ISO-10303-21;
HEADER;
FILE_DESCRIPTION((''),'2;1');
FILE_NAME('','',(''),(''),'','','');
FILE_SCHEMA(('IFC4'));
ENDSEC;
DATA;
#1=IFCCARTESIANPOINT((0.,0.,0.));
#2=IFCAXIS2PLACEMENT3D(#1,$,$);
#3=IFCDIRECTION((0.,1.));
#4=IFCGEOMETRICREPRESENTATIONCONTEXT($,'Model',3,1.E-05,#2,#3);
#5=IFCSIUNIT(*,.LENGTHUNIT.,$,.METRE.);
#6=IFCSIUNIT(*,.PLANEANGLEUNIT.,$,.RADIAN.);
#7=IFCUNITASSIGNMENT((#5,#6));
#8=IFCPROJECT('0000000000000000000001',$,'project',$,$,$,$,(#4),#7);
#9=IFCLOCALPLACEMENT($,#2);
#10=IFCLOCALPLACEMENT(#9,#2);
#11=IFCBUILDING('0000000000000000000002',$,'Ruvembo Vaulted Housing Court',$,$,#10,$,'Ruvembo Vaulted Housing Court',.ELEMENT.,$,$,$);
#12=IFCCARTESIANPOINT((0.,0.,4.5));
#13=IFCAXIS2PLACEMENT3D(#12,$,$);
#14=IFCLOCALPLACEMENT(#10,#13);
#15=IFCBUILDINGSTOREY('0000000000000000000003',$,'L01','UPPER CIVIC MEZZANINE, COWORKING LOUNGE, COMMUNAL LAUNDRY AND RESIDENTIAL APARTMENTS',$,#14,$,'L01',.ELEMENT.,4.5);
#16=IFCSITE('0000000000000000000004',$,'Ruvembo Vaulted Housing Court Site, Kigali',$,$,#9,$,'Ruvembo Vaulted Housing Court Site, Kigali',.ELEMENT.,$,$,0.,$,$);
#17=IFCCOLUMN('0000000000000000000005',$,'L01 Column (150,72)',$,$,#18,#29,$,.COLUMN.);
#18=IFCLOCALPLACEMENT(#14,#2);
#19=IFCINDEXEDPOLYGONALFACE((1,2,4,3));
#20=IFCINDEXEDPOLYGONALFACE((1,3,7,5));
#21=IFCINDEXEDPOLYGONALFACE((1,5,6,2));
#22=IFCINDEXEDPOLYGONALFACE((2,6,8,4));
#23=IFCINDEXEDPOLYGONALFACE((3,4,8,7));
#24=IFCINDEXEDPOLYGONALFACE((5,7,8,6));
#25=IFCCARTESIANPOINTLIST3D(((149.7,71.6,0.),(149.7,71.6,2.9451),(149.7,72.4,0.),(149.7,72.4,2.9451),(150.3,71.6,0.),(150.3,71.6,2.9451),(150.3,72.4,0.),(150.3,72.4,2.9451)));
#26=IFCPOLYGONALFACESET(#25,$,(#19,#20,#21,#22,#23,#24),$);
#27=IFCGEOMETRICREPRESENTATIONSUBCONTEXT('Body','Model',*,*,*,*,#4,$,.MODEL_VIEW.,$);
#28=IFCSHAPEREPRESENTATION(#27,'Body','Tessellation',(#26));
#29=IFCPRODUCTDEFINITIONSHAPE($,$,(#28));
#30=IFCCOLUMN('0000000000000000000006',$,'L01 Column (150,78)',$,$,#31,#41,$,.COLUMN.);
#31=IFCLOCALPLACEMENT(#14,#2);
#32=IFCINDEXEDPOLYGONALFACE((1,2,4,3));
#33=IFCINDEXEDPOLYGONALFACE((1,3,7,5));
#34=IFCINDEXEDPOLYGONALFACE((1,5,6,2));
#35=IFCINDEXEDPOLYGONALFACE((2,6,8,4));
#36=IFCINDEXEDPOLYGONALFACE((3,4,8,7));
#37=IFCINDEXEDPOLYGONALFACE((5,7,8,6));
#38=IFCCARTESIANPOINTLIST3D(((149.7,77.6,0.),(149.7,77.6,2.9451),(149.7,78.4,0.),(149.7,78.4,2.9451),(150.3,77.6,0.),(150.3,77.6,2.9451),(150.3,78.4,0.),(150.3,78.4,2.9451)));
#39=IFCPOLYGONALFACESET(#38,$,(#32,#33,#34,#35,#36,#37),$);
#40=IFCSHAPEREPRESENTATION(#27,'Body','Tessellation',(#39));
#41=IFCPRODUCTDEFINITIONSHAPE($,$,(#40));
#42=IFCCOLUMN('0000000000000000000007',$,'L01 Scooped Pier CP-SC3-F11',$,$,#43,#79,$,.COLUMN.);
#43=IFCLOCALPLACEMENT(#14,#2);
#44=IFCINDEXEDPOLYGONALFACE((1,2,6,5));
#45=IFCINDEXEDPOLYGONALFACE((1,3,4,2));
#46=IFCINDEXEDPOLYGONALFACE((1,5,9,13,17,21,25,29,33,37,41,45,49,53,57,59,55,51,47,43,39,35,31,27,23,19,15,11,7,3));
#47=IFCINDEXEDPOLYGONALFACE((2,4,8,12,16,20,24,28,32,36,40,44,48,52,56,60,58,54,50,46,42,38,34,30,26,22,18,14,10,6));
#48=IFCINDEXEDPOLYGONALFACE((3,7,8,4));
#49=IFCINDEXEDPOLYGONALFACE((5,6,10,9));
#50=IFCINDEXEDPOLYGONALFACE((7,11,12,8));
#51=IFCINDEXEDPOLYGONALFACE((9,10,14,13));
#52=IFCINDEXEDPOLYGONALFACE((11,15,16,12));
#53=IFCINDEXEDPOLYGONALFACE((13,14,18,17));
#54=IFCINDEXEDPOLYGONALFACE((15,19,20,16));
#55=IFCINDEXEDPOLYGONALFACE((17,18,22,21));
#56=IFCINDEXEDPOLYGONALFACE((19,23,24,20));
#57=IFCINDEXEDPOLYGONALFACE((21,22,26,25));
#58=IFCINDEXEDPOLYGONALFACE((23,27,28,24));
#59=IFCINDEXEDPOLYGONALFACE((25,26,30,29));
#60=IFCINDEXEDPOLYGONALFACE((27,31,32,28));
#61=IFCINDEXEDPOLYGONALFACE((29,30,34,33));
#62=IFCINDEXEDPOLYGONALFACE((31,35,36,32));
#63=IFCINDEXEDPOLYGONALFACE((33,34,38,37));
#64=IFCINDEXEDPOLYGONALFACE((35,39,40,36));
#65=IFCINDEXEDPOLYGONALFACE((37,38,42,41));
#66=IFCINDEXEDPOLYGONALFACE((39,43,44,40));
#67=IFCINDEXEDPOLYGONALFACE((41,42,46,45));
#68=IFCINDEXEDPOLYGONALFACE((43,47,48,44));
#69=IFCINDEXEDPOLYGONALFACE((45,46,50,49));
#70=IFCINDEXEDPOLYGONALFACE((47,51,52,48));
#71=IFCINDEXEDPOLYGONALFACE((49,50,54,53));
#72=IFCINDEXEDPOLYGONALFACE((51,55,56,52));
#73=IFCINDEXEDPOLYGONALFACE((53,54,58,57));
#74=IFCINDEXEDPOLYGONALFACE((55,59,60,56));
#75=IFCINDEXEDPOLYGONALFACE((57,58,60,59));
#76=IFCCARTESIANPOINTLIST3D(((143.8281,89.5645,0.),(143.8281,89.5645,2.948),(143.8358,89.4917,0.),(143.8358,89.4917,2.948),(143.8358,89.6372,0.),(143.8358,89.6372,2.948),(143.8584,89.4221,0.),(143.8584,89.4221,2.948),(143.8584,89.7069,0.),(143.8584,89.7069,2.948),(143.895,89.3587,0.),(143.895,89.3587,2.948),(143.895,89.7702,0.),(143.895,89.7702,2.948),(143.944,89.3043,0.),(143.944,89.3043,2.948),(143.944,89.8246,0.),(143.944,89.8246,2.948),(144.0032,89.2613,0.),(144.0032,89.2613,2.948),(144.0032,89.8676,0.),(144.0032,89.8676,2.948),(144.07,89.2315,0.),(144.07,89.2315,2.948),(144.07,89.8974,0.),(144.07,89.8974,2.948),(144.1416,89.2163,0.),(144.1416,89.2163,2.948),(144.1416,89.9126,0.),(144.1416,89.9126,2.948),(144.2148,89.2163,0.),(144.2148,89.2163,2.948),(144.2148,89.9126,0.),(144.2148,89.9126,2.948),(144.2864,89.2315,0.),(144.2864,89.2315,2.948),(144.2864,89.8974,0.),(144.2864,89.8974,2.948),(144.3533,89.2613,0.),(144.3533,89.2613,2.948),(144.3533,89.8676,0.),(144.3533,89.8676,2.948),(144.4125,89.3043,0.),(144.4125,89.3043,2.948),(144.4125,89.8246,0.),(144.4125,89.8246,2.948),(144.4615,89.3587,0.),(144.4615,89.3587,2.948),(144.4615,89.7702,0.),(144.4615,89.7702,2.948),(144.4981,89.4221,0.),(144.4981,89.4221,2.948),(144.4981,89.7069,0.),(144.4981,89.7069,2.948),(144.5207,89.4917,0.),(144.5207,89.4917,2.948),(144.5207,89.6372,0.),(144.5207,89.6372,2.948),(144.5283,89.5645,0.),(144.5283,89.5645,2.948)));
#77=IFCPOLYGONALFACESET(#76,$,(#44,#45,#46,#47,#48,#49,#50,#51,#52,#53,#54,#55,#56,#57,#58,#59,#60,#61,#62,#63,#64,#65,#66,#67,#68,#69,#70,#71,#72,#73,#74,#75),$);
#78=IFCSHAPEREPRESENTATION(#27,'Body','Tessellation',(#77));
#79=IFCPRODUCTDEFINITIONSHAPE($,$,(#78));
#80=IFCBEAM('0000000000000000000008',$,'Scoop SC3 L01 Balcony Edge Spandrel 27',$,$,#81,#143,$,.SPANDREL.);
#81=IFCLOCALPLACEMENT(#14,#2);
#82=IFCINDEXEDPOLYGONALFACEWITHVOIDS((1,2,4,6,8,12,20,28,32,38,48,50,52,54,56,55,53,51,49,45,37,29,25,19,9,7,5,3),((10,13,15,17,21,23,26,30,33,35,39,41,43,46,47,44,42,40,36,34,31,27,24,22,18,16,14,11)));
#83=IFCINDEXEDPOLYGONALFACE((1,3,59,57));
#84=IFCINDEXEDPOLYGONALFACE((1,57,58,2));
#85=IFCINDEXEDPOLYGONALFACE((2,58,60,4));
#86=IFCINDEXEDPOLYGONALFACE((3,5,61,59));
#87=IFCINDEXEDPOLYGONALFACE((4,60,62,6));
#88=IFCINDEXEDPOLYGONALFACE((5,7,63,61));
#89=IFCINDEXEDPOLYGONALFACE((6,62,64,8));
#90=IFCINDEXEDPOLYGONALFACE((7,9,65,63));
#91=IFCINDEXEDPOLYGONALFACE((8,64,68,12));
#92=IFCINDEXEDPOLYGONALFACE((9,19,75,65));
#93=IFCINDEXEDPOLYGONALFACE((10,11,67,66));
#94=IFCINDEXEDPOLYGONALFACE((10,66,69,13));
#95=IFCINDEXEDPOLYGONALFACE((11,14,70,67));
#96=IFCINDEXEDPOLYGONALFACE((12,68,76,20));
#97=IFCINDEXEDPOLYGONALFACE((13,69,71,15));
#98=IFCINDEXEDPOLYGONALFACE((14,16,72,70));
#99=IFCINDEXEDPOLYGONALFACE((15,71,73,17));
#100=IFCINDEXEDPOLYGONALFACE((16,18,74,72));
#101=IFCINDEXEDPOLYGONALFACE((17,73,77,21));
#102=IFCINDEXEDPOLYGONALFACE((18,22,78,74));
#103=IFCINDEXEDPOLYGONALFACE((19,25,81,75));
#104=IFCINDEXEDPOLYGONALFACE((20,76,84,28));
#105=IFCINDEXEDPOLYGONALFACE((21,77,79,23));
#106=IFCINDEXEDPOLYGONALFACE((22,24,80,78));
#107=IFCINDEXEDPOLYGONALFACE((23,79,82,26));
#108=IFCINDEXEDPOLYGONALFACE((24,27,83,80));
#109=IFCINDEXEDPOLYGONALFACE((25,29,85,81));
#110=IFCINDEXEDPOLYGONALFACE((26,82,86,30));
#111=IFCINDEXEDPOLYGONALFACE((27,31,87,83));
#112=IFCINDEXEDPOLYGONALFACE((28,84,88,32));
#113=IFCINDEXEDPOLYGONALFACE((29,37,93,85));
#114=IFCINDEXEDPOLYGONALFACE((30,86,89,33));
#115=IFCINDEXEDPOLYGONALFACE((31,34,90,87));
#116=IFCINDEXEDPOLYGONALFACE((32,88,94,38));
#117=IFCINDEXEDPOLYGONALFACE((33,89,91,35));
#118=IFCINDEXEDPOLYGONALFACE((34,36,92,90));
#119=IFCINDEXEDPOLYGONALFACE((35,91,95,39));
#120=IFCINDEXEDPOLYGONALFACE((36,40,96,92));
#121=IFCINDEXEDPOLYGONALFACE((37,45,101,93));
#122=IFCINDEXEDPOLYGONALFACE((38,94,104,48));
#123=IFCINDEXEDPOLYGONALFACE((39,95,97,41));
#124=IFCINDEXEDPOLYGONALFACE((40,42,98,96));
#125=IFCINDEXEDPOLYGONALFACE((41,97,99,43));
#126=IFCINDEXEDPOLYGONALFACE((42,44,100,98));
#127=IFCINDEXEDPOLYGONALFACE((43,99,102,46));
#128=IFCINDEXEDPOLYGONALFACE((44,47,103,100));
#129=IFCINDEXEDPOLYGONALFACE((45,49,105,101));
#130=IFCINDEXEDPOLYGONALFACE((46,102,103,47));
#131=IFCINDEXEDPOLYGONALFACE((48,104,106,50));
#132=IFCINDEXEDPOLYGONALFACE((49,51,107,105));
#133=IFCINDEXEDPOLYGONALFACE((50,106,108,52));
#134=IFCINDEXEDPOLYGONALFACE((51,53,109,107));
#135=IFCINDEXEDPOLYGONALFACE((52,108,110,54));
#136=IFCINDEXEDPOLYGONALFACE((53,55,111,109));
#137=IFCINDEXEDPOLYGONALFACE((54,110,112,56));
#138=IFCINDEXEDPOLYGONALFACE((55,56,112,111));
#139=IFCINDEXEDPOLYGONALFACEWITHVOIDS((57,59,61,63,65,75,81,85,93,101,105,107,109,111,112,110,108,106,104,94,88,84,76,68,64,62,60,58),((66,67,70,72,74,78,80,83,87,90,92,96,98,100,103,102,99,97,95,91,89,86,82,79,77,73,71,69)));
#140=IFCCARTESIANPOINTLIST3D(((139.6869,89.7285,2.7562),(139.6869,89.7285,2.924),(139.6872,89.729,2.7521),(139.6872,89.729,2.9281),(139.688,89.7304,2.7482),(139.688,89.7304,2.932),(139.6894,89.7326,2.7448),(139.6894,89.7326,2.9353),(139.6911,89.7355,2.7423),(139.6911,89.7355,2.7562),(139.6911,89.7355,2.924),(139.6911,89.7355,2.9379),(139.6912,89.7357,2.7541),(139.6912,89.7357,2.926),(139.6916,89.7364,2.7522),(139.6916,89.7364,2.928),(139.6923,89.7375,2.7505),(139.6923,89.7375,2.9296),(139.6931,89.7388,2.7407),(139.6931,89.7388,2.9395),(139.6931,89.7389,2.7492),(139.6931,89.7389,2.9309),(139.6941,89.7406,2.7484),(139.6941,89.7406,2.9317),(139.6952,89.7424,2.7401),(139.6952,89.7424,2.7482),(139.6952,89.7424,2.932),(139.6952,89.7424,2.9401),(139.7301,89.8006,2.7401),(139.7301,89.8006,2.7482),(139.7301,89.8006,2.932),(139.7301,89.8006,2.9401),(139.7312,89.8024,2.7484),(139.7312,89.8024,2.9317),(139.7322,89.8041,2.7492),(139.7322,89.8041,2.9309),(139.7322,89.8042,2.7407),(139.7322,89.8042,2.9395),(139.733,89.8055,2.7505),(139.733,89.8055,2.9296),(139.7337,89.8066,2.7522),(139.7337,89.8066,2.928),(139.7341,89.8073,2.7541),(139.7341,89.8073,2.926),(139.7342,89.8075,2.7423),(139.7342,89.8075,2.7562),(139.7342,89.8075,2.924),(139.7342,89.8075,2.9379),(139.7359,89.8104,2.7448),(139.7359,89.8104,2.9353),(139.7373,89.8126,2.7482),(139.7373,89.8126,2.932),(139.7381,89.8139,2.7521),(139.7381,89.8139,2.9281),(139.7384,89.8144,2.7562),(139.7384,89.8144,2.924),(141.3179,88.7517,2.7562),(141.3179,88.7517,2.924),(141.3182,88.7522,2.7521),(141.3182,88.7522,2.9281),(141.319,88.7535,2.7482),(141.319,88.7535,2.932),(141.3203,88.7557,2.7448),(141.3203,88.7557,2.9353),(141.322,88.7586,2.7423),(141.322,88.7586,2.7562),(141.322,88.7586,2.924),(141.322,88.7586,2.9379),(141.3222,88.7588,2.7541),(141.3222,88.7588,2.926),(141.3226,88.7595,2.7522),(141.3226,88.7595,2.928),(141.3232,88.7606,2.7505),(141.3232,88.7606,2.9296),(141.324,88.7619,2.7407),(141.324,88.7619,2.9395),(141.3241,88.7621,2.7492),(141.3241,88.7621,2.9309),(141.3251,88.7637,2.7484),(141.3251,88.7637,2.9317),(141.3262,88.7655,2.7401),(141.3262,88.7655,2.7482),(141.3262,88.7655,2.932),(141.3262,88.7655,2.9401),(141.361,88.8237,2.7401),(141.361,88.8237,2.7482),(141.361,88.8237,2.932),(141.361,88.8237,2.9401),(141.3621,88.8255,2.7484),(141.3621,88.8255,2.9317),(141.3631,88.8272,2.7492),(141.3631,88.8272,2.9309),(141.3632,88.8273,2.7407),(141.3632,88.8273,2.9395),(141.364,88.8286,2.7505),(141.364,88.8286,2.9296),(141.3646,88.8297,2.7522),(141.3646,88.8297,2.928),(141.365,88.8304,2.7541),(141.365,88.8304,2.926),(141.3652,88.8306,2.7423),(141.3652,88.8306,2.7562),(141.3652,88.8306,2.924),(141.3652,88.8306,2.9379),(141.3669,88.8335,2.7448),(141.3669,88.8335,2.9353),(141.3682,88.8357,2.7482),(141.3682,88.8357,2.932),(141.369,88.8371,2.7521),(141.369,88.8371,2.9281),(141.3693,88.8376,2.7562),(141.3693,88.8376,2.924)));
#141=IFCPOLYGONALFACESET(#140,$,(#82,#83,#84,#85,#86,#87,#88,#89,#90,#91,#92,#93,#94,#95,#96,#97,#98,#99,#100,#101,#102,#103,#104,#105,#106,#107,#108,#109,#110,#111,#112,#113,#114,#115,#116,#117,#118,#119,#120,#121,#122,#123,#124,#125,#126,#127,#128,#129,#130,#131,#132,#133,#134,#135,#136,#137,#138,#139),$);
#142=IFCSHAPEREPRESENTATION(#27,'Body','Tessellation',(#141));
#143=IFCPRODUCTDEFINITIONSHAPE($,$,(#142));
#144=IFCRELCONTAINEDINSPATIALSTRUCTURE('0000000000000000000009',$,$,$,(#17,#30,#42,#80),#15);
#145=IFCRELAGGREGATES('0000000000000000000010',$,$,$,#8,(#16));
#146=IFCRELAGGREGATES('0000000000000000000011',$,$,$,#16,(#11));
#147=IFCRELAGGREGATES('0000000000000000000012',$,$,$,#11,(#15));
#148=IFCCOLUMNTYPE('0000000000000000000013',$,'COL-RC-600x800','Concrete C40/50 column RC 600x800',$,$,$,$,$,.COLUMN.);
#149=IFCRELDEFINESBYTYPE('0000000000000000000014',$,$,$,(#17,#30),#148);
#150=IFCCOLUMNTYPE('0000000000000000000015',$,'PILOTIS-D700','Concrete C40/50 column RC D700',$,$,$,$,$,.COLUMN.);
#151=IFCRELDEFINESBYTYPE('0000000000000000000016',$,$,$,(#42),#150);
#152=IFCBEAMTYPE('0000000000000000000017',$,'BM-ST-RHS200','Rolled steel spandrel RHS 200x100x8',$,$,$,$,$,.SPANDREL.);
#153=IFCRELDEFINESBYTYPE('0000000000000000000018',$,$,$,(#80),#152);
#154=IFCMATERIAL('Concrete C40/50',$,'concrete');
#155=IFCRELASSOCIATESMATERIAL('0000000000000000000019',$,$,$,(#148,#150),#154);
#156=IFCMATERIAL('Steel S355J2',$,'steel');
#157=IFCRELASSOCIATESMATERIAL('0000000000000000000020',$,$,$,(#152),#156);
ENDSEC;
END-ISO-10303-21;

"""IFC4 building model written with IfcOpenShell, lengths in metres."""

from ifc_helpers import new_model, si_unit, direction, frame, origin, origin_2d, place, context, subcontext, project, spatial, rectangle, hollow_rectangle, circle, extrude, material, material_profile, profile_set, type_object, element, save


model = new_model("IFC4")

# Units and contexts
model_context = context("Model", 3, precision=1e-05, world=origin(), true_north=direction((0.0, 1.0)))
body_context = subcontext(model_context, "Body", "Model", "MODEL_VIEW")
ifc_project = project(units=[si_unit("LENGTHUNIT", "METRE"), si_unit("PLANEANGLEUNIT", "RADIAN")], contexts=[model_context])

# Site, building, storey
site_placement = place(None, origin())
site = spatial("IfcSite", under=ifc_project, at=site_placement, Name="Ruvembo Vaulted Housing Court Site, Kigali", LongName="Ruvembo Vaulted Housing Court Site, Kigali", CompositionType="ELEMENT", RefElevation=0.0)
building_placement = place(site_placement, origin())
building = spatial("IfcBuilding", under=site, at=building_placement, Name="Ruvembo Vaulted Housing Court", LongName="Ruvembo Vaulted Housing Court", CompositionType="ELEMENT")
storey_placement = place(building_placement, frame((0.0, 0.0, 4.5)))
storey = spatial("IfcBuildingStorey", under=building, at=storey_placement, Name="L01", Description="UPPER CIVIC MEZZANINE, COWORKING LOUNGE, COMMUNAL LAUNDRY AND RESIDENTIAL APARTMENTS", LongName="L01", CompositionType="ELEMENT", Elevation=4.5)

# Columns
ifc_material_1 = material(Name="Concrete C40/50", Category="concrete")
ifc_material_profile_1 = material_profile(ifc_material_1, rectangle(XDim=0.6001, YDim=0.8, at=origin_2d()), Name="RC 600x800")
ifc_profile_set_1 = profile_set([ifc_material_profile_1], Name="Concrete C40/50")
column_type_1 = type_object("IfcColumnType", Name="COL-RC-600x800", Description="Concrete C40/50 column RC 600x800", PredefinedType="COLUMN", material=ifc_profile_set_1)
for number, where, z_axis, x_axis, name in (
    (1, (150.0, 72.0, 0.0), (0.0, 0.0, 1.0), (1.0, 0.0, 0.0), "L01 Column (150,72)"),
    (2, (150.0, 78.0, 0.0), (0.0, 0.0, 1.0), (1.0, 0.0, 0.0), "L01 Column (150,78)"),
):
    element("IfcColumn", number, at=place(storey_placement, frame(where, z_axis=z_axis, x_axis=x_axis)), inside=storey, type_object=column_type_1, Name=name, PredefinedType="COLUMN", context=body_context, shape_type="SweptSolid", body=[
        extrude(rectangle(XDim=0.6001, YDim=0.8, at=origin_2d()), origin(), (0.0, 0.0, 1.0), 2.9451),
    ])
ifc_material_profile_2 = material_profile(ifc_material_1, circle(Radius=0.3501, at=origin_2d()), Name="RC D700")
ifc_profile_set_2 = profile_set([ifc_material_profile_2], Name="Concrete C40/50")
column_type_2 = type_object("IfcColumnType", Name="PILOTIS-D700", Description="Concrete C40/50 column RC D700", PredefinedType="COLUMN", material=ifc_profile_set_2)
column_placement = place(storey_placement, frame((144.1782, 89.5645, 0.0), z_axis=(0.0, 0.0, 1.0), x_axis=(1.0, 0.0, 0.0)))
element("IfcColumn", 3, at=column_placement, inside=storey, type_object=column_type_2, Name="L01 Scooped Pier CP-SC3-F11", PredefinedType="COLUMN", context=body_context, shape_type="SweptSolid", body=[
    extrude(circle(Radius=0.3501, at=origin_2d()), origin(), (0.0, 0.0, 1.0), 2.948),
])

# Beam
ifc_material_2 = material(Name="Steel S355J2", Category="steel")
ifc_material_profile_3 = material_profile(ifc_material_2, hollow_rectangle(XDim=0.1001, YDim=0.2, WallThickness=0.0081, InnerFilletRadius=0.0081, OuterFilletRadius=0.0161, at=origin_2d()), Name="RHS 200x100x8")
ifc_profile_set_3 = profile_set([ifc_material_profile_3], Name="Steel S355J2")
beam_type = type_object("IfcBeamType", Name="BM-ST-RHS200", Description="Rolled steel spandrel RHS 200x100x8", PredefinedType="SPANDREL", material=ifc_profile_set_3)
for number, where, z_axis, x_axis, name in (
    (4, (139.7126, 89.7715, 2.8401), (0.857889, -0.513835, 0.0), (0.513835, 0.857889, 0.0), "Scoop SC3 L01 Balcony Edge Spandrel 27"),
):
    element("IfcBeam", number, at=place(storey_placement, frame(where, z_axis=z_axis, x_axis=x_axis)), inside=storey, type_object=beam_type, Name=name, PredefinedType="SPANDREL", context=body_context, shape_type="SweptSolid", body=[
        extrude(hollow_rectangle(XDim=0.1001, YDim=0.2, WallThickness=0.0081, InnerFilletRadius=0.0081, OuterFilletRadius=0.0161, at=origin_2d()), origin(), (0.0, 0.0, 1.0), 1.9011),
    ])

save(model, "model.ifc")
